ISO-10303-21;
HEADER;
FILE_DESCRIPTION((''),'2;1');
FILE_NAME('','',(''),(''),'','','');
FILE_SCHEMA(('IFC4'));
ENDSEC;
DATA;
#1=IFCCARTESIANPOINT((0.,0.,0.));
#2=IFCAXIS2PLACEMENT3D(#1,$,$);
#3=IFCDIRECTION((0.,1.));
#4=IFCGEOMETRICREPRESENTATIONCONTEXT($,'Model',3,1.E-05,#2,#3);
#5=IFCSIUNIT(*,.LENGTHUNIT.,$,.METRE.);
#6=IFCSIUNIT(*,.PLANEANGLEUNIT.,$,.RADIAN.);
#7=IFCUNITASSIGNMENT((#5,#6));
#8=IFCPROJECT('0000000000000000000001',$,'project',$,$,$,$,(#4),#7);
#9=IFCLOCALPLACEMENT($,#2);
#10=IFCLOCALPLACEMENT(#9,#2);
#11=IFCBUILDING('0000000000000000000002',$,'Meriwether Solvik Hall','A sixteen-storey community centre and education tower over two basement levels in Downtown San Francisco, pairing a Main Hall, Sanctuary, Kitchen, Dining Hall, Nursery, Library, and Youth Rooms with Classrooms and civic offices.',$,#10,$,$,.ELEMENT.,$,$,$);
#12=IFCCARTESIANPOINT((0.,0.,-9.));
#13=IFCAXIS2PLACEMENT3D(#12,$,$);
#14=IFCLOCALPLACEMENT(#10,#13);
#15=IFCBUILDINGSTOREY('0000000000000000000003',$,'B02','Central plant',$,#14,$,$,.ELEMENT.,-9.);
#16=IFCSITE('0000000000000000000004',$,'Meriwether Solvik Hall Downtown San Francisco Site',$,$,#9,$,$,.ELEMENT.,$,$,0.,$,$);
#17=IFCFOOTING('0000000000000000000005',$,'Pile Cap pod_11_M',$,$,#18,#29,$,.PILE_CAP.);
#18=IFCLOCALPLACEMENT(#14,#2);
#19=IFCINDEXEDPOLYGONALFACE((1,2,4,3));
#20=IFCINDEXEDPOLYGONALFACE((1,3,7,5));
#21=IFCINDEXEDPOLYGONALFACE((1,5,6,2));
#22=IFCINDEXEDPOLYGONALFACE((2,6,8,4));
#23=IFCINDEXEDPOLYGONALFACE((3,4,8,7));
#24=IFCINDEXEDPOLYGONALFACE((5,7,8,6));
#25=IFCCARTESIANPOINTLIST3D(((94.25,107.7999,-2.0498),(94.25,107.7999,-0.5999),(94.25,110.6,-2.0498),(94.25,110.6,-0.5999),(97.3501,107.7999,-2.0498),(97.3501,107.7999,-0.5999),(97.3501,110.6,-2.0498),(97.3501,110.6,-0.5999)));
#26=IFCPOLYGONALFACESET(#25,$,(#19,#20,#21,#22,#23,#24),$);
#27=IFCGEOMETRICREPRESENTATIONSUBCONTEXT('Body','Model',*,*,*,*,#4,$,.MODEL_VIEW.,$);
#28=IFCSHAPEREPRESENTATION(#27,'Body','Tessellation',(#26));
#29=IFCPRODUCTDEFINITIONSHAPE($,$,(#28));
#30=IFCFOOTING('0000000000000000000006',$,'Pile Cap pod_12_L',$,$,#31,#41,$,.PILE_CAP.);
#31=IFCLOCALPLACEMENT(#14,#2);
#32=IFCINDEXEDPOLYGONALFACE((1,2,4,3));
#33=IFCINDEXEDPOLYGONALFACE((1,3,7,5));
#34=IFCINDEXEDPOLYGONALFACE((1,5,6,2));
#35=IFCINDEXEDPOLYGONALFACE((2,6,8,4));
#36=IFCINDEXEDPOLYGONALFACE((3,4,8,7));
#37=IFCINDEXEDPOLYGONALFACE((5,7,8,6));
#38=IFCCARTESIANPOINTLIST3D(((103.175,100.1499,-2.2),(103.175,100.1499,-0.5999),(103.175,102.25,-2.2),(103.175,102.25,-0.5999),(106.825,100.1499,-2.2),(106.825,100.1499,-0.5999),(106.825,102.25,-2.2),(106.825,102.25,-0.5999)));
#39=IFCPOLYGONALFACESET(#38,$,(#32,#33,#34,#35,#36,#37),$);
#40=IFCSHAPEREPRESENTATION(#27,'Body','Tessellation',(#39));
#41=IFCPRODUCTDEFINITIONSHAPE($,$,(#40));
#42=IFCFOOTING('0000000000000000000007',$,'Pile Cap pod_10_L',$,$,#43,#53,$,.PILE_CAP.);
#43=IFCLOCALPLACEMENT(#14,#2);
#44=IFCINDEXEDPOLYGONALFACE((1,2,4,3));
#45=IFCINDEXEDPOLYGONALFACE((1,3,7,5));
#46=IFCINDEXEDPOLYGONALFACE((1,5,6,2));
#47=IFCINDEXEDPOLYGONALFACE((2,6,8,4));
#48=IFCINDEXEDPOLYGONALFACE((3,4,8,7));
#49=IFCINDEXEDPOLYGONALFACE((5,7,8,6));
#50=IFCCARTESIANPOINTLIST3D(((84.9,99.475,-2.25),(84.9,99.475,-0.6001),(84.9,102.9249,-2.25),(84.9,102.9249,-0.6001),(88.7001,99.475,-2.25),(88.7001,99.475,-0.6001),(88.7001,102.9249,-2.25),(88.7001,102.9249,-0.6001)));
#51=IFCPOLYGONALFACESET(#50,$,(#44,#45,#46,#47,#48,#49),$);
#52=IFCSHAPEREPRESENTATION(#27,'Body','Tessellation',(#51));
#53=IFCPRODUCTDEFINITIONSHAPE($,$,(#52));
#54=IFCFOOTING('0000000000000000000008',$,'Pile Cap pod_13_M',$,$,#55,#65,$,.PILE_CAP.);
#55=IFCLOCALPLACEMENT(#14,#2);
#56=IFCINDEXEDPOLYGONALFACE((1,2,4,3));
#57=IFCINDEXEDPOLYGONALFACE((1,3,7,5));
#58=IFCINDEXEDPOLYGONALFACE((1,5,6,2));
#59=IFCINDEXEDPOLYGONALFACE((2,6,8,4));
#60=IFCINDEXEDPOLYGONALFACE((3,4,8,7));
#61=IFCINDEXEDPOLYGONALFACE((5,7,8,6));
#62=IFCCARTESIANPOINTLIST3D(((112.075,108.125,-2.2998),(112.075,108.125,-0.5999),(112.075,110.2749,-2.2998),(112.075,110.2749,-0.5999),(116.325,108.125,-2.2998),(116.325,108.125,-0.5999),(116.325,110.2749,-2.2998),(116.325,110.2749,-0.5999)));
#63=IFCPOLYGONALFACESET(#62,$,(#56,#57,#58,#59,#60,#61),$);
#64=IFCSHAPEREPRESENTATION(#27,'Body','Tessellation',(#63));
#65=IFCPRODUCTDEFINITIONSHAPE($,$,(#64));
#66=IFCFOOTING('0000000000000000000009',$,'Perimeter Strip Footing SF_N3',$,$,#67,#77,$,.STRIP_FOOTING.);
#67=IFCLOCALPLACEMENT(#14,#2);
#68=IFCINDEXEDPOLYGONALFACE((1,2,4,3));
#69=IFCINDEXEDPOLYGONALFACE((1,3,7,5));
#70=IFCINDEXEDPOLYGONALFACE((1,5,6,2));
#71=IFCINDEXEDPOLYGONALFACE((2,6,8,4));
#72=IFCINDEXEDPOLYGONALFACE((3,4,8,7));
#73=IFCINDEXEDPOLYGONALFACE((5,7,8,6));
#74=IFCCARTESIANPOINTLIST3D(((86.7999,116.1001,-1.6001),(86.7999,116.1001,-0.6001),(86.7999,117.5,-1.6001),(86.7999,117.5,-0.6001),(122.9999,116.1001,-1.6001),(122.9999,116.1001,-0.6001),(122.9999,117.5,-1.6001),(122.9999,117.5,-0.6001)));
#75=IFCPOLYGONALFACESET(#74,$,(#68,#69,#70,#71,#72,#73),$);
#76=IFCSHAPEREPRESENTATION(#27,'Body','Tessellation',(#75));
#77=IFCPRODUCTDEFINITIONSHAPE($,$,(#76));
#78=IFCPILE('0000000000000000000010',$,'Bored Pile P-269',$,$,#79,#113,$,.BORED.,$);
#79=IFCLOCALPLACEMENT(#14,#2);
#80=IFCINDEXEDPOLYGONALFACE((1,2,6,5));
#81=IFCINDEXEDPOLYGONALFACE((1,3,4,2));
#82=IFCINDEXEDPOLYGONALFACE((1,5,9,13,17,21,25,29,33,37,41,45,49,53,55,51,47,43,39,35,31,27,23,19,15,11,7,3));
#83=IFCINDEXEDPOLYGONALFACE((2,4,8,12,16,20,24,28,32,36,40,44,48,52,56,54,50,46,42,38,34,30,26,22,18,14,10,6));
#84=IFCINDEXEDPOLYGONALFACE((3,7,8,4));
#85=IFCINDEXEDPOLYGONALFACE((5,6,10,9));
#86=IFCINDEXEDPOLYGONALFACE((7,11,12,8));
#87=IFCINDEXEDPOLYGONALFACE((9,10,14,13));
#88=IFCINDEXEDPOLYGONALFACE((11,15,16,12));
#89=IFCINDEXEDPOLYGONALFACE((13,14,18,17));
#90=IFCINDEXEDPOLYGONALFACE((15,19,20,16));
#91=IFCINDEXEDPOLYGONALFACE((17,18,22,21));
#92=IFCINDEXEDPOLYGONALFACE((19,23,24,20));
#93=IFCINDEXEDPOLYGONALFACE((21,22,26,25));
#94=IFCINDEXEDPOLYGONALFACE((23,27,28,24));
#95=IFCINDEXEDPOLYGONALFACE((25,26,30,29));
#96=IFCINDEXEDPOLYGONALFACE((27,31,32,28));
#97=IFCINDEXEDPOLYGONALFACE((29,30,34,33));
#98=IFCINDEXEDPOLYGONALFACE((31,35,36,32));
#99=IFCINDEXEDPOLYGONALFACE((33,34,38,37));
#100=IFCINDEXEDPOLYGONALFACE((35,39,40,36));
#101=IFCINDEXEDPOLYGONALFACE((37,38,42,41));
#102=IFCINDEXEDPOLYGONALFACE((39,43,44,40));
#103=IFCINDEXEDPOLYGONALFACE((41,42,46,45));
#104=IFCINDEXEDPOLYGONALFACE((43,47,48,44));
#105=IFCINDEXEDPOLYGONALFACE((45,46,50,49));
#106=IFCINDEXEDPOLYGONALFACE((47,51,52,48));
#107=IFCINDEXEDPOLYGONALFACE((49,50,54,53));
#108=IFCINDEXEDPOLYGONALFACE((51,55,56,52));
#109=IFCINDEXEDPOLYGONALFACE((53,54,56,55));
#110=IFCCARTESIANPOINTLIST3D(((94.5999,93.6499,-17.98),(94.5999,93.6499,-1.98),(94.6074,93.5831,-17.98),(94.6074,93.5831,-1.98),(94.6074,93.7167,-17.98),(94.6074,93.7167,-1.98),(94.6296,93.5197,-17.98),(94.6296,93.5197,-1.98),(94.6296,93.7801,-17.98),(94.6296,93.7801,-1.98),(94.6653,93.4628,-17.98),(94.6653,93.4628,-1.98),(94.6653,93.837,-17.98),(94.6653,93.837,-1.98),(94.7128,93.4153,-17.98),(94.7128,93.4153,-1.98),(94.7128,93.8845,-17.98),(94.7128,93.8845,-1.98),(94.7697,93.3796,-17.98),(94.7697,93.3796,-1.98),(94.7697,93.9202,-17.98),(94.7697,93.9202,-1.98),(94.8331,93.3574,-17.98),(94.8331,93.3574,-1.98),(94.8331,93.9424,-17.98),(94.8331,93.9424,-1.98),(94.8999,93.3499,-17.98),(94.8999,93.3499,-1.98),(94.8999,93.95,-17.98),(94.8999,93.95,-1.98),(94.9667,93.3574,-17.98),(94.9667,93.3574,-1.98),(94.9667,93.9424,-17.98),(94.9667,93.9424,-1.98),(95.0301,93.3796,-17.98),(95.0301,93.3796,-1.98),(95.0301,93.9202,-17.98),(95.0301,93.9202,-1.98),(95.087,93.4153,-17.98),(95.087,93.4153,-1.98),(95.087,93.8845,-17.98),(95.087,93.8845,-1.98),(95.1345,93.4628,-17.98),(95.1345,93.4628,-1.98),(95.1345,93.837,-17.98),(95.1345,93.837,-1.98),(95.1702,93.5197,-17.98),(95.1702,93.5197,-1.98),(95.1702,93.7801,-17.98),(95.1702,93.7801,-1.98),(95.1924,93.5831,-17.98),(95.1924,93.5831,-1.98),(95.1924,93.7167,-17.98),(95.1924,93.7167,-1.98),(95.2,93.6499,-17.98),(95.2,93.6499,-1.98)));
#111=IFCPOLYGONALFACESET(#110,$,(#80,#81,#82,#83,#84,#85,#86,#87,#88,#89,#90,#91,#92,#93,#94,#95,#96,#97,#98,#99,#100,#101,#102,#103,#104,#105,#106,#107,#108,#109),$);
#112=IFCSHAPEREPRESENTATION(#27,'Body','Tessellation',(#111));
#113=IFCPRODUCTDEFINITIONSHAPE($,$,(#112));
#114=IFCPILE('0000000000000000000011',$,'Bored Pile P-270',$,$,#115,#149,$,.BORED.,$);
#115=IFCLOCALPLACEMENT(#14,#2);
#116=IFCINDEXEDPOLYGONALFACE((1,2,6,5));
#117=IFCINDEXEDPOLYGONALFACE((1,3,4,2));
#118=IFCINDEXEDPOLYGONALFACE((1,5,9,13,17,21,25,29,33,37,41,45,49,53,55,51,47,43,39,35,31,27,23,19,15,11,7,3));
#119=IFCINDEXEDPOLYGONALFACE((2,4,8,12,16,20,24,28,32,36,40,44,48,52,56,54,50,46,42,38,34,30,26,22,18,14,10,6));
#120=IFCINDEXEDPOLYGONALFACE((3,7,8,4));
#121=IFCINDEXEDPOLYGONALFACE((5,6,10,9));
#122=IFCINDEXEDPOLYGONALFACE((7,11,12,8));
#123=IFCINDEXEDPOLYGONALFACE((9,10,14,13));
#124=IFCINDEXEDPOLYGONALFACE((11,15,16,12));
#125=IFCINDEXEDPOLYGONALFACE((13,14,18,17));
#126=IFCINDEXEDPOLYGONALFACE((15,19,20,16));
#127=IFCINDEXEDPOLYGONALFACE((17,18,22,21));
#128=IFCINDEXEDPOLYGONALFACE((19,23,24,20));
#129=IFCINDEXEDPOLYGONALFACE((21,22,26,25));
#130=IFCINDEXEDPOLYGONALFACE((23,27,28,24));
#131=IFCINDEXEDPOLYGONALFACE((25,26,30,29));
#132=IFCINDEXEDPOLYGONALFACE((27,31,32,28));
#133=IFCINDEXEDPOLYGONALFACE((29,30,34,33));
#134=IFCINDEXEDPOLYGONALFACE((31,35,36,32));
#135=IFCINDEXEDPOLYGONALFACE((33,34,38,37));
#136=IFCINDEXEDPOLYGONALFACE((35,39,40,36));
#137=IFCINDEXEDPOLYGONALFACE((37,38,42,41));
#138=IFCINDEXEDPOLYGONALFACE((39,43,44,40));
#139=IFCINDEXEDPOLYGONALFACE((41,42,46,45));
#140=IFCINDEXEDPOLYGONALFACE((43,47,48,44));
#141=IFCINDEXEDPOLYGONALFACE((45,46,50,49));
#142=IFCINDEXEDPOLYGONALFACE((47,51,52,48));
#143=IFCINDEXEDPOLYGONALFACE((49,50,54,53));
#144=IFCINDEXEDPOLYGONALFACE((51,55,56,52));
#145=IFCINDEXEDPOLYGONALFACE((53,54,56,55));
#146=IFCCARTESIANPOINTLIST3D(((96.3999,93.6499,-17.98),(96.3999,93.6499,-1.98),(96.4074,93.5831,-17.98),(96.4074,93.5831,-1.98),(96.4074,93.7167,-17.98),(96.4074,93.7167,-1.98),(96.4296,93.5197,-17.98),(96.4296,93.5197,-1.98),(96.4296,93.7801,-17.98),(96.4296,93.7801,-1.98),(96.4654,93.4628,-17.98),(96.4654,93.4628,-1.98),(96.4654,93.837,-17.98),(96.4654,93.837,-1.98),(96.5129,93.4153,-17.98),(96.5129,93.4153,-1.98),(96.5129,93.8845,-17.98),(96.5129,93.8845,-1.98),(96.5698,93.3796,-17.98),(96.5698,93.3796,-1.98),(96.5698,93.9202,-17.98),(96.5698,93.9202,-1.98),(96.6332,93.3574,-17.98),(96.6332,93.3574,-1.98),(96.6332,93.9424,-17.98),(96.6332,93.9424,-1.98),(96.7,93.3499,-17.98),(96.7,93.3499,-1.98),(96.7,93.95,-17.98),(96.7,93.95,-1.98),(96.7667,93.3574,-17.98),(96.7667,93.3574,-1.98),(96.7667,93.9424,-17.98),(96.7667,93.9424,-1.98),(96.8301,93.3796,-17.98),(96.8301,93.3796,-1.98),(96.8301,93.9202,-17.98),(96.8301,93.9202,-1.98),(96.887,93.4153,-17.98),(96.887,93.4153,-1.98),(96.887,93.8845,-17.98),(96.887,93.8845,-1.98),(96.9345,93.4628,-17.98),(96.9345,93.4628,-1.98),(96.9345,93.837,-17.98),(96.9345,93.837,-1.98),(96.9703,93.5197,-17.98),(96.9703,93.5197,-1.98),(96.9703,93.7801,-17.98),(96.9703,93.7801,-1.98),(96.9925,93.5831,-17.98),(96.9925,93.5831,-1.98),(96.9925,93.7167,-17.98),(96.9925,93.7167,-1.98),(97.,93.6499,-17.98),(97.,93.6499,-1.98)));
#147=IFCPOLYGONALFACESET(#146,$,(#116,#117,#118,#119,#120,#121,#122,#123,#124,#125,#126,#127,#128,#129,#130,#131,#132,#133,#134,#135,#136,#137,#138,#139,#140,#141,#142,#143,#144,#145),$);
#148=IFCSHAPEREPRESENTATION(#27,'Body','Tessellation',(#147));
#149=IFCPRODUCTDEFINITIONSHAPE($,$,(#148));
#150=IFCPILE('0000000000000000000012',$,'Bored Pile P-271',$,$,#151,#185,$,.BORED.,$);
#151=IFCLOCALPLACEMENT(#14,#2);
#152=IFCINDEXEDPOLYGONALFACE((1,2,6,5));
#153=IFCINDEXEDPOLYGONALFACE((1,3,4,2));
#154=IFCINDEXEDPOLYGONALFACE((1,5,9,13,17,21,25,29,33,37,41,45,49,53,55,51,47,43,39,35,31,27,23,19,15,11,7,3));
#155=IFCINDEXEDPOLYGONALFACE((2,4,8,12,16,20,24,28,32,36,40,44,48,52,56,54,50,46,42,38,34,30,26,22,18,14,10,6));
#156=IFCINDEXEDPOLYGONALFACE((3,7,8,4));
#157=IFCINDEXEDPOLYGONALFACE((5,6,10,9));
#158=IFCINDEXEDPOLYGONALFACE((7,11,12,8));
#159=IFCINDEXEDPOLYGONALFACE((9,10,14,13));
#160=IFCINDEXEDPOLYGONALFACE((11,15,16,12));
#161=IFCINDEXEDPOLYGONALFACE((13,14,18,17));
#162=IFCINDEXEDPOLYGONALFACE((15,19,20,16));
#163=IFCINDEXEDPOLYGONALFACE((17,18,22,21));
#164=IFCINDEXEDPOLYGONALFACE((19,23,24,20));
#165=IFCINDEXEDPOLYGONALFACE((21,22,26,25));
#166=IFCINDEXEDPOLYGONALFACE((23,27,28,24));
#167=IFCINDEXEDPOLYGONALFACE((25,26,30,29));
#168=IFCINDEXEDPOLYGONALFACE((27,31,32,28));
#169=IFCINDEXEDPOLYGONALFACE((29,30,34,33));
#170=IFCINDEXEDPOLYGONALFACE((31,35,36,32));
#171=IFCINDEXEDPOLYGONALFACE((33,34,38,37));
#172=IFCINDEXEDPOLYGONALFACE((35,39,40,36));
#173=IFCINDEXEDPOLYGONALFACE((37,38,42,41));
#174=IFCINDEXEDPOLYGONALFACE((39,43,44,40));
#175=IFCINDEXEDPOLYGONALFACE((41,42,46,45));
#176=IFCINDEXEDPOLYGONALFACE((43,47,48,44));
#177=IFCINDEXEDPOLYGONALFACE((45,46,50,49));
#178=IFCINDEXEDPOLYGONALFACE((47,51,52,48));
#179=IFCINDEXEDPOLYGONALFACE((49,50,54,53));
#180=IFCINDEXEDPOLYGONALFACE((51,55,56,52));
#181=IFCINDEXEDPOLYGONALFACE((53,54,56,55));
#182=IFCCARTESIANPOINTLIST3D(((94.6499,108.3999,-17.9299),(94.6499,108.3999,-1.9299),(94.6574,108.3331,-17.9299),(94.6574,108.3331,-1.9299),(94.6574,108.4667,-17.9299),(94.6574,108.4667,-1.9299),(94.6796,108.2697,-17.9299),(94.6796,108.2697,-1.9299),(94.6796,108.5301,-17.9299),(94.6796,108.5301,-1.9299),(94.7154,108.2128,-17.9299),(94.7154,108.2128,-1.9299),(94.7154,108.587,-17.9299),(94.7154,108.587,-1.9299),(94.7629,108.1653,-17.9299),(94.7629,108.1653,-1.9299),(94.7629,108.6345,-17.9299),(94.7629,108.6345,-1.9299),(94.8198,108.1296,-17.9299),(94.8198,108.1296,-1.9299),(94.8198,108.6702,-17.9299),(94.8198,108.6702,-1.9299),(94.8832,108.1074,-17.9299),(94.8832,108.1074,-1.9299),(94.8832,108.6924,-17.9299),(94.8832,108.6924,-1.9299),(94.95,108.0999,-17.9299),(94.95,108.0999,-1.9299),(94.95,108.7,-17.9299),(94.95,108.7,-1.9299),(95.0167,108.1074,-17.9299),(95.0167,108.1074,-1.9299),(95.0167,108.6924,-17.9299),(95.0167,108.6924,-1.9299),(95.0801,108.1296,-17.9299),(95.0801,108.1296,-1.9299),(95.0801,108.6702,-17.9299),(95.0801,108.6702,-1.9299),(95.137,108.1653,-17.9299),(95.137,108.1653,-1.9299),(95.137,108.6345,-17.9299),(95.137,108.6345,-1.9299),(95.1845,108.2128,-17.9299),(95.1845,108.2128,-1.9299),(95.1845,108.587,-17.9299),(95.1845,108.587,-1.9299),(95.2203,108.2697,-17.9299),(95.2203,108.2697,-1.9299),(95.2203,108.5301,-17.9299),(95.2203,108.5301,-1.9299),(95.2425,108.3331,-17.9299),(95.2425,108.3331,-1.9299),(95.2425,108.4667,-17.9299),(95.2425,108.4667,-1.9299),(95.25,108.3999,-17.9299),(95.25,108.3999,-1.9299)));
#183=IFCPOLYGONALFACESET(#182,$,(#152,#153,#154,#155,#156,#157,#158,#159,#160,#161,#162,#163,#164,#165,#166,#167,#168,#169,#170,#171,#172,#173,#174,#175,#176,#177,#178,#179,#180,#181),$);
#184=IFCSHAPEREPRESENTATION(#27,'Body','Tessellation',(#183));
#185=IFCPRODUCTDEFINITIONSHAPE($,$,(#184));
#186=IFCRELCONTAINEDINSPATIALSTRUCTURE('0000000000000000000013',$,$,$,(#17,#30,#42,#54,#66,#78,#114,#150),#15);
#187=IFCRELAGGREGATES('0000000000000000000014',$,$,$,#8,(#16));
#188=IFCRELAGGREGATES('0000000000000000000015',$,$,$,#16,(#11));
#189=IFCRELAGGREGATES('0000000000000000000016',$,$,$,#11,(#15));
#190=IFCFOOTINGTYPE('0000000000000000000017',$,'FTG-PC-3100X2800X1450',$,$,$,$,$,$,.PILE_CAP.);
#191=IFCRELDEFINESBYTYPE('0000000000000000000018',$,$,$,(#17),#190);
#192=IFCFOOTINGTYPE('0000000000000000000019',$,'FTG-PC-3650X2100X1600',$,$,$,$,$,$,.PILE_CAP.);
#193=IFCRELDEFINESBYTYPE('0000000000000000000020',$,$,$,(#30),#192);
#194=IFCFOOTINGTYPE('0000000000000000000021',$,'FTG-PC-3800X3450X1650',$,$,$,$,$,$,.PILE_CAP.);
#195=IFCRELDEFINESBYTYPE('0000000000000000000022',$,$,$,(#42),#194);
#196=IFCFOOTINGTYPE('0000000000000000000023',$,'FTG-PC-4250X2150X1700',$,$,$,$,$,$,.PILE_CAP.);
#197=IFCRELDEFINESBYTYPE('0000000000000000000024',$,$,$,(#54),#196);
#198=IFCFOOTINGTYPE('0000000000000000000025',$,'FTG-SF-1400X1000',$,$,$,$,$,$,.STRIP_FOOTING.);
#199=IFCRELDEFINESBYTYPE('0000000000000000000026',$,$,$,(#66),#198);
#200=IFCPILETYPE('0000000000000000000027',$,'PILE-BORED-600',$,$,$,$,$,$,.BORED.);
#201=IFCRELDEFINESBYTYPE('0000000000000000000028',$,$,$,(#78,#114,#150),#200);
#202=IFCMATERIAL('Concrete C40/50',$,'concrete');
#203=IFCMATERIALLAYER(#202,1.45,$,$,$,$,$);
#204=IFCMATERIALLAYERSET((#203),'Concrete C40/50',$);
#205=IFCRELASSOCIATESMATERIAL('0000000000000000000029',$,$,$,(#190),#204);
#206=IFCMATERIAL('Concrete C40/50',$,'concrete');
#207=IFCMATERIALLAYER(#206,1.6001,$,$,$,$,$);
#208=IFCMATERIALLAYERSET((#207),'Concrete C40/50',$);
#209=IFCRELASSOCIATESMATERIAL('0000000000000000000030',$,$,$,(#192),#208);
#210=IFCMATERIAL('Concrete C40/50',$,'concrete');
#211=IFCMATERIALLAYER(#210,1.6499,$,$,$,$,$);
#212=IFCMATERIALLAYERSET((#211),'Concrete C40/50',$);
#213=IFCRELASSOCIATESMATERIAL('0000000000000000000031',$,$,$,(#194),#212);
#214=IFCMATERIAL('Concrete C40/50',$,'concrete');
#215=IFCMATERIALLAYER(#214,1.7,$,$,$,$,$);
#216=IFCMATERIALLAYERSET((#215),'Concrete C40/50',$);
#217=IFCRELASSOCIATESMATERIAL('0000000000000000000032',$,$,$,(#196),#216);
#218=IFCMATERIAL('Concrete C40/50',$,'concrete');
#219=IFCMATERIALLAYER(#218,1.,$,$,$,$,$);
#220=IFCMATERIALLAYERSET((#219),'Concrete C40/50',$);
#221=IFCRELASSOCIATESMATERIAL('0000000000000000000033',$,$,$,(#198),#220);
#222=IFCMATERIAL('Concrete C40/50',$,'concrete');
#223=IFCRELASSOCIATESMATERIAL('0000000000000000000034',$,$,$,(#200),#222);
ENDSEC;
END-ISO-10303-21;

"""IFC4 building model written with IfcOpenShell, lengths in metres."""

from ifc_helpers import new_model, si_unit, direction, frame, origin, origin_2d, place, context, subcontext, project, spatial, rectangle, circle, extrude, material, layer, layer_set, material_profile, profile_set, type_object, element, save


model = new_model("IFC4")

# Units and contexts
model_context = context("Model", 3, precision=1e-05, world=origin(), true_north=direction((0.0, 1.0)))
body_context = subcontext(model_context, "Body", "Model", "MODEL_VIEW")
ifc_project = project(units=[si_unit("LENGTHUNIT", "METRE"), si_unit("PLANEANGLEUNIT", "RADIAN")], contexts=[model_context])

# Site, building, storey
site_placement = place(None, origin())
site = spatial("IfcSite", under=ifc_project, at=site_placement, Name="Meriwether Solvik Hall Downtown San Francisco Site", CompositionType="ELEMENT", RefElevation=0.0)
building_placement = place(site_placement, origin())
building = spatial("IfcBuilding", under=site, at=building_placement, Name="Meriwether Solvik Hall", Description="A sixteen-storey community centre and education tower over two basement levels in Downtown San Francisco, pairing a Main Hall, Sanctuary, Kitchen, Dining Hall, Nursery, Library, and Youth Rooms with Classrooms and civic offices.", CompositionType="ELEMENT")
storey_placement = place(building_placement, frame((0.0, 0.0, -9.0)))
storey = spatial("IfcBuildingStorey", under=building, at=storey_placement, Name="B02", Description="Central plant", CompositionType="ELEMENT", Elevation=-9.0)

# Footings
ifc_material_1 = material(Name="Concrete C40/50", Category="concrete")
ifc_layer_1 = layer(ifc_material_1, 1.45)
ifc_layer_set_1 = layer_set([ifc_layer_1], Name="Concrete C40/50")
footing_type_1 = type_object("IfcFootingType", Name="FTG-PC-3100X2800X1450", PredefinedType="PILE_CAP", material=ifc_layer_set_1)
footing_1_placement = place(storey_placement, frame((95.8, 109.2, -2.0498), z_axis=(0.0, 0.0, 1.0), x_axis=(1.0, 0.0, 0.0)))
element("IfcFooting", 1, at=footing_1_placement, inside=storey, type_object=footing_type_1, Name="Pile Cap pod_11_M", PredefinedType="PILE_CAP", context=body_context, shape_type="SweptSolid", body=[
    extrude(rectangle(XDim=3.1001, YDim=2.8, at=origin_2d()), origin(), (0.0, 0.0, 1.0), 1.45),
])
ifc_material_2 = material(Name="Concrete C40/50", Category="concrete")
ifc_layer_2 = layer(ifc_material_2, 1.6001)
ifc_layer_set_2 = layer_set([ifc_layer_2], Name="Concrete C40/50")
footing_type_2 = type_object("IfcFootingType", Name="FTG-PC-3650X2100X1600", PredefinedType="PILE_CAP", material=ifc_layer_set_2)
footing_2_placement = place(storey_placement, frame((105.0, 101.2, -2.2), z_axis=(0.0, 0.0, 1.0), x_axis=(1.0, 0.0, 0.0)))
element("IfcFooting", 2, at=footing_2_placement, inside=storey, type_object=footing_type_2, Name="Pile Cap pod_12_L", PredefinedType="PILE_CAP", context=body_context, shape_type="SweptSolid", body=[
    extrude(rectangle(XDim=3.6499, YDim=2.1001, at=origin_2d()), origin(), (0.0, 0.0, 1.0), 1.6001),
])
ifc_material_3 = material(Name="Concrete C40/50", Category="concrete")
ifc_layer_3 = layer(ifc_material_3, 1.6499)
ifc_layer_set_3 = layer_set([ifc_layer_3], Name="Concrete C40/50")
footing_type_3 = type_object("IfcFootingType", Name="FTG-PC-3800X3450X1650", PredefinedType="PILE_CAP", material=ifc_layer_set_3)
footing_3_placement = place(storey_placement, frame((86.8, 101.2, -2.25), z_axis=(0.0, 0.0, 1.0), x_axis=(1.0, 0.0, 0.0)))
element("IfcFooting", 3, at=footing_3_placement, inside=storey, type_object=footing_type_3, Name="Pile Cap pod_10_L", PredefinedType="PILE_CAP", context=body_context, shape_type="SweptSolid", body=[
    extrude(rectangle(XDim=3.8, YDim=3.45, at=origin_2d()), origin(), (0.0, 0.0, 1.0), 1.6499),
])
ifc_material_4 = material(Name="Concrete C40/50", Category="concrete")
ifc_layer_4 = layer(ifc_material_4, 1.7)
ifc_layer_set_4 = layer_set([ifc_layer_4], Name="Concrete C40/50")
footing_type_4 = type_object("IfcFootingType", Name="FTG-PC-4250X2150X1700", PredefinedType="PILE_CAP", material=ifc_layer_set_4)
footing_4_placement = place(storey_placement, frame((114.2, 109.2, -2.2998), z_axis=(0.0, 0.0, 1.0), x_axis=(1.0, 0.0, 0.0)))
element("IfcFooting", 4, at=footing_4_placement, inside=storey, type_object=footing_type_4, Name="Pile Cap pod_13_M", PredefinedType="PILE_CAP", context=body_context, shape_type="SweptSolid", body=[
    extrude(rectangle(XDim=4.25, YDim=2.1499, at=origin_2d()), origin(), (0.0, 0.0, 1.0), 1.7),
])
ifc_material_5 = material(Name="Concrete C40/50", Category="concrete")
ifc_layer_5 = layer(ifc_material_5, 1.0)
ifc_layer_set_5 = layer_set([ifc_layer_5], Name="Concrete C40/50")
footing_type_5 = type_object("IfcFootingType", Name="FTG-SF-1400X1000", PredefinedType="STRIP_FOOTING", material=ifc_layer_set_5)
footing_5_placement = place(storey_placement, frame((104.8999, 116.8, -1.6001), z_axis=(0.0, 0.0, 1.0), x_axis=(1.0, 0.0, 0.0)))
element("IfcFooting", 5, at=footing_5_placement, inside=storey, type_object=footing_type_5, Name="Perimeter Strip Footing SF_N3", PredefinedType="STRIP_FOOTING", context=body_context, shape_type="SweptSolid", body=[
    extrude(rectangle(XDim=36.2, YDim=1.3999, at=origin_2d()), origin(), (0.0, 0.0, 1.0), 1.0),
])

# Piles
ifc_material_6 = material(Name="Concrete C40/50", Category="concrete")
ifc_material_profile_1 = material_profile(ifc_material_6, circle(Radius=0.3, at=origin_2d()), Name="PILE-D600")
ifc_profile_set_1 = profile_set([ifc_material_profile_1], Name="Concrete C40/50")
pile_type_1 = type_object("IfcPileType", Name="PILE-BORED-600", PredefinedType="BORED", material=ifc_profile_set_1)
for number, where, z_axis, x_axis, name in (
    (6, (94.8999, 93.6499, -1.98), (0.0, 0.0, -1.0), (1.0, 0.0, 0.0), "Bored Pile P-269"),
    (7, (96.7, 93.6499, -1.98), (0.0, 0.0, -1.0), (1.0, 0.0, 0.0), "Bored Pile P-270"),
    (8, (94.95, 108.3999, -1.9299), (0.0, 0.0, -1.0), (1.0, 0.0, 0.0), "Bored Pile P-271"),
):
    element("IfcPile", number, at=place(storey_placement, frame(where, z_axis=z_axis, x_axis=x_axis)), inside=storey, type_object=pile_type_1, Name=name, PredefinedType="BORED", context=body_context, shape_type="SweptSolid", body=[
        extrude(circle(Radius=0.3, at=origin_2d()), origin(), (0.0, 0.0, 1.0), 16.0),
    ])

save(model, "model.ifc")
